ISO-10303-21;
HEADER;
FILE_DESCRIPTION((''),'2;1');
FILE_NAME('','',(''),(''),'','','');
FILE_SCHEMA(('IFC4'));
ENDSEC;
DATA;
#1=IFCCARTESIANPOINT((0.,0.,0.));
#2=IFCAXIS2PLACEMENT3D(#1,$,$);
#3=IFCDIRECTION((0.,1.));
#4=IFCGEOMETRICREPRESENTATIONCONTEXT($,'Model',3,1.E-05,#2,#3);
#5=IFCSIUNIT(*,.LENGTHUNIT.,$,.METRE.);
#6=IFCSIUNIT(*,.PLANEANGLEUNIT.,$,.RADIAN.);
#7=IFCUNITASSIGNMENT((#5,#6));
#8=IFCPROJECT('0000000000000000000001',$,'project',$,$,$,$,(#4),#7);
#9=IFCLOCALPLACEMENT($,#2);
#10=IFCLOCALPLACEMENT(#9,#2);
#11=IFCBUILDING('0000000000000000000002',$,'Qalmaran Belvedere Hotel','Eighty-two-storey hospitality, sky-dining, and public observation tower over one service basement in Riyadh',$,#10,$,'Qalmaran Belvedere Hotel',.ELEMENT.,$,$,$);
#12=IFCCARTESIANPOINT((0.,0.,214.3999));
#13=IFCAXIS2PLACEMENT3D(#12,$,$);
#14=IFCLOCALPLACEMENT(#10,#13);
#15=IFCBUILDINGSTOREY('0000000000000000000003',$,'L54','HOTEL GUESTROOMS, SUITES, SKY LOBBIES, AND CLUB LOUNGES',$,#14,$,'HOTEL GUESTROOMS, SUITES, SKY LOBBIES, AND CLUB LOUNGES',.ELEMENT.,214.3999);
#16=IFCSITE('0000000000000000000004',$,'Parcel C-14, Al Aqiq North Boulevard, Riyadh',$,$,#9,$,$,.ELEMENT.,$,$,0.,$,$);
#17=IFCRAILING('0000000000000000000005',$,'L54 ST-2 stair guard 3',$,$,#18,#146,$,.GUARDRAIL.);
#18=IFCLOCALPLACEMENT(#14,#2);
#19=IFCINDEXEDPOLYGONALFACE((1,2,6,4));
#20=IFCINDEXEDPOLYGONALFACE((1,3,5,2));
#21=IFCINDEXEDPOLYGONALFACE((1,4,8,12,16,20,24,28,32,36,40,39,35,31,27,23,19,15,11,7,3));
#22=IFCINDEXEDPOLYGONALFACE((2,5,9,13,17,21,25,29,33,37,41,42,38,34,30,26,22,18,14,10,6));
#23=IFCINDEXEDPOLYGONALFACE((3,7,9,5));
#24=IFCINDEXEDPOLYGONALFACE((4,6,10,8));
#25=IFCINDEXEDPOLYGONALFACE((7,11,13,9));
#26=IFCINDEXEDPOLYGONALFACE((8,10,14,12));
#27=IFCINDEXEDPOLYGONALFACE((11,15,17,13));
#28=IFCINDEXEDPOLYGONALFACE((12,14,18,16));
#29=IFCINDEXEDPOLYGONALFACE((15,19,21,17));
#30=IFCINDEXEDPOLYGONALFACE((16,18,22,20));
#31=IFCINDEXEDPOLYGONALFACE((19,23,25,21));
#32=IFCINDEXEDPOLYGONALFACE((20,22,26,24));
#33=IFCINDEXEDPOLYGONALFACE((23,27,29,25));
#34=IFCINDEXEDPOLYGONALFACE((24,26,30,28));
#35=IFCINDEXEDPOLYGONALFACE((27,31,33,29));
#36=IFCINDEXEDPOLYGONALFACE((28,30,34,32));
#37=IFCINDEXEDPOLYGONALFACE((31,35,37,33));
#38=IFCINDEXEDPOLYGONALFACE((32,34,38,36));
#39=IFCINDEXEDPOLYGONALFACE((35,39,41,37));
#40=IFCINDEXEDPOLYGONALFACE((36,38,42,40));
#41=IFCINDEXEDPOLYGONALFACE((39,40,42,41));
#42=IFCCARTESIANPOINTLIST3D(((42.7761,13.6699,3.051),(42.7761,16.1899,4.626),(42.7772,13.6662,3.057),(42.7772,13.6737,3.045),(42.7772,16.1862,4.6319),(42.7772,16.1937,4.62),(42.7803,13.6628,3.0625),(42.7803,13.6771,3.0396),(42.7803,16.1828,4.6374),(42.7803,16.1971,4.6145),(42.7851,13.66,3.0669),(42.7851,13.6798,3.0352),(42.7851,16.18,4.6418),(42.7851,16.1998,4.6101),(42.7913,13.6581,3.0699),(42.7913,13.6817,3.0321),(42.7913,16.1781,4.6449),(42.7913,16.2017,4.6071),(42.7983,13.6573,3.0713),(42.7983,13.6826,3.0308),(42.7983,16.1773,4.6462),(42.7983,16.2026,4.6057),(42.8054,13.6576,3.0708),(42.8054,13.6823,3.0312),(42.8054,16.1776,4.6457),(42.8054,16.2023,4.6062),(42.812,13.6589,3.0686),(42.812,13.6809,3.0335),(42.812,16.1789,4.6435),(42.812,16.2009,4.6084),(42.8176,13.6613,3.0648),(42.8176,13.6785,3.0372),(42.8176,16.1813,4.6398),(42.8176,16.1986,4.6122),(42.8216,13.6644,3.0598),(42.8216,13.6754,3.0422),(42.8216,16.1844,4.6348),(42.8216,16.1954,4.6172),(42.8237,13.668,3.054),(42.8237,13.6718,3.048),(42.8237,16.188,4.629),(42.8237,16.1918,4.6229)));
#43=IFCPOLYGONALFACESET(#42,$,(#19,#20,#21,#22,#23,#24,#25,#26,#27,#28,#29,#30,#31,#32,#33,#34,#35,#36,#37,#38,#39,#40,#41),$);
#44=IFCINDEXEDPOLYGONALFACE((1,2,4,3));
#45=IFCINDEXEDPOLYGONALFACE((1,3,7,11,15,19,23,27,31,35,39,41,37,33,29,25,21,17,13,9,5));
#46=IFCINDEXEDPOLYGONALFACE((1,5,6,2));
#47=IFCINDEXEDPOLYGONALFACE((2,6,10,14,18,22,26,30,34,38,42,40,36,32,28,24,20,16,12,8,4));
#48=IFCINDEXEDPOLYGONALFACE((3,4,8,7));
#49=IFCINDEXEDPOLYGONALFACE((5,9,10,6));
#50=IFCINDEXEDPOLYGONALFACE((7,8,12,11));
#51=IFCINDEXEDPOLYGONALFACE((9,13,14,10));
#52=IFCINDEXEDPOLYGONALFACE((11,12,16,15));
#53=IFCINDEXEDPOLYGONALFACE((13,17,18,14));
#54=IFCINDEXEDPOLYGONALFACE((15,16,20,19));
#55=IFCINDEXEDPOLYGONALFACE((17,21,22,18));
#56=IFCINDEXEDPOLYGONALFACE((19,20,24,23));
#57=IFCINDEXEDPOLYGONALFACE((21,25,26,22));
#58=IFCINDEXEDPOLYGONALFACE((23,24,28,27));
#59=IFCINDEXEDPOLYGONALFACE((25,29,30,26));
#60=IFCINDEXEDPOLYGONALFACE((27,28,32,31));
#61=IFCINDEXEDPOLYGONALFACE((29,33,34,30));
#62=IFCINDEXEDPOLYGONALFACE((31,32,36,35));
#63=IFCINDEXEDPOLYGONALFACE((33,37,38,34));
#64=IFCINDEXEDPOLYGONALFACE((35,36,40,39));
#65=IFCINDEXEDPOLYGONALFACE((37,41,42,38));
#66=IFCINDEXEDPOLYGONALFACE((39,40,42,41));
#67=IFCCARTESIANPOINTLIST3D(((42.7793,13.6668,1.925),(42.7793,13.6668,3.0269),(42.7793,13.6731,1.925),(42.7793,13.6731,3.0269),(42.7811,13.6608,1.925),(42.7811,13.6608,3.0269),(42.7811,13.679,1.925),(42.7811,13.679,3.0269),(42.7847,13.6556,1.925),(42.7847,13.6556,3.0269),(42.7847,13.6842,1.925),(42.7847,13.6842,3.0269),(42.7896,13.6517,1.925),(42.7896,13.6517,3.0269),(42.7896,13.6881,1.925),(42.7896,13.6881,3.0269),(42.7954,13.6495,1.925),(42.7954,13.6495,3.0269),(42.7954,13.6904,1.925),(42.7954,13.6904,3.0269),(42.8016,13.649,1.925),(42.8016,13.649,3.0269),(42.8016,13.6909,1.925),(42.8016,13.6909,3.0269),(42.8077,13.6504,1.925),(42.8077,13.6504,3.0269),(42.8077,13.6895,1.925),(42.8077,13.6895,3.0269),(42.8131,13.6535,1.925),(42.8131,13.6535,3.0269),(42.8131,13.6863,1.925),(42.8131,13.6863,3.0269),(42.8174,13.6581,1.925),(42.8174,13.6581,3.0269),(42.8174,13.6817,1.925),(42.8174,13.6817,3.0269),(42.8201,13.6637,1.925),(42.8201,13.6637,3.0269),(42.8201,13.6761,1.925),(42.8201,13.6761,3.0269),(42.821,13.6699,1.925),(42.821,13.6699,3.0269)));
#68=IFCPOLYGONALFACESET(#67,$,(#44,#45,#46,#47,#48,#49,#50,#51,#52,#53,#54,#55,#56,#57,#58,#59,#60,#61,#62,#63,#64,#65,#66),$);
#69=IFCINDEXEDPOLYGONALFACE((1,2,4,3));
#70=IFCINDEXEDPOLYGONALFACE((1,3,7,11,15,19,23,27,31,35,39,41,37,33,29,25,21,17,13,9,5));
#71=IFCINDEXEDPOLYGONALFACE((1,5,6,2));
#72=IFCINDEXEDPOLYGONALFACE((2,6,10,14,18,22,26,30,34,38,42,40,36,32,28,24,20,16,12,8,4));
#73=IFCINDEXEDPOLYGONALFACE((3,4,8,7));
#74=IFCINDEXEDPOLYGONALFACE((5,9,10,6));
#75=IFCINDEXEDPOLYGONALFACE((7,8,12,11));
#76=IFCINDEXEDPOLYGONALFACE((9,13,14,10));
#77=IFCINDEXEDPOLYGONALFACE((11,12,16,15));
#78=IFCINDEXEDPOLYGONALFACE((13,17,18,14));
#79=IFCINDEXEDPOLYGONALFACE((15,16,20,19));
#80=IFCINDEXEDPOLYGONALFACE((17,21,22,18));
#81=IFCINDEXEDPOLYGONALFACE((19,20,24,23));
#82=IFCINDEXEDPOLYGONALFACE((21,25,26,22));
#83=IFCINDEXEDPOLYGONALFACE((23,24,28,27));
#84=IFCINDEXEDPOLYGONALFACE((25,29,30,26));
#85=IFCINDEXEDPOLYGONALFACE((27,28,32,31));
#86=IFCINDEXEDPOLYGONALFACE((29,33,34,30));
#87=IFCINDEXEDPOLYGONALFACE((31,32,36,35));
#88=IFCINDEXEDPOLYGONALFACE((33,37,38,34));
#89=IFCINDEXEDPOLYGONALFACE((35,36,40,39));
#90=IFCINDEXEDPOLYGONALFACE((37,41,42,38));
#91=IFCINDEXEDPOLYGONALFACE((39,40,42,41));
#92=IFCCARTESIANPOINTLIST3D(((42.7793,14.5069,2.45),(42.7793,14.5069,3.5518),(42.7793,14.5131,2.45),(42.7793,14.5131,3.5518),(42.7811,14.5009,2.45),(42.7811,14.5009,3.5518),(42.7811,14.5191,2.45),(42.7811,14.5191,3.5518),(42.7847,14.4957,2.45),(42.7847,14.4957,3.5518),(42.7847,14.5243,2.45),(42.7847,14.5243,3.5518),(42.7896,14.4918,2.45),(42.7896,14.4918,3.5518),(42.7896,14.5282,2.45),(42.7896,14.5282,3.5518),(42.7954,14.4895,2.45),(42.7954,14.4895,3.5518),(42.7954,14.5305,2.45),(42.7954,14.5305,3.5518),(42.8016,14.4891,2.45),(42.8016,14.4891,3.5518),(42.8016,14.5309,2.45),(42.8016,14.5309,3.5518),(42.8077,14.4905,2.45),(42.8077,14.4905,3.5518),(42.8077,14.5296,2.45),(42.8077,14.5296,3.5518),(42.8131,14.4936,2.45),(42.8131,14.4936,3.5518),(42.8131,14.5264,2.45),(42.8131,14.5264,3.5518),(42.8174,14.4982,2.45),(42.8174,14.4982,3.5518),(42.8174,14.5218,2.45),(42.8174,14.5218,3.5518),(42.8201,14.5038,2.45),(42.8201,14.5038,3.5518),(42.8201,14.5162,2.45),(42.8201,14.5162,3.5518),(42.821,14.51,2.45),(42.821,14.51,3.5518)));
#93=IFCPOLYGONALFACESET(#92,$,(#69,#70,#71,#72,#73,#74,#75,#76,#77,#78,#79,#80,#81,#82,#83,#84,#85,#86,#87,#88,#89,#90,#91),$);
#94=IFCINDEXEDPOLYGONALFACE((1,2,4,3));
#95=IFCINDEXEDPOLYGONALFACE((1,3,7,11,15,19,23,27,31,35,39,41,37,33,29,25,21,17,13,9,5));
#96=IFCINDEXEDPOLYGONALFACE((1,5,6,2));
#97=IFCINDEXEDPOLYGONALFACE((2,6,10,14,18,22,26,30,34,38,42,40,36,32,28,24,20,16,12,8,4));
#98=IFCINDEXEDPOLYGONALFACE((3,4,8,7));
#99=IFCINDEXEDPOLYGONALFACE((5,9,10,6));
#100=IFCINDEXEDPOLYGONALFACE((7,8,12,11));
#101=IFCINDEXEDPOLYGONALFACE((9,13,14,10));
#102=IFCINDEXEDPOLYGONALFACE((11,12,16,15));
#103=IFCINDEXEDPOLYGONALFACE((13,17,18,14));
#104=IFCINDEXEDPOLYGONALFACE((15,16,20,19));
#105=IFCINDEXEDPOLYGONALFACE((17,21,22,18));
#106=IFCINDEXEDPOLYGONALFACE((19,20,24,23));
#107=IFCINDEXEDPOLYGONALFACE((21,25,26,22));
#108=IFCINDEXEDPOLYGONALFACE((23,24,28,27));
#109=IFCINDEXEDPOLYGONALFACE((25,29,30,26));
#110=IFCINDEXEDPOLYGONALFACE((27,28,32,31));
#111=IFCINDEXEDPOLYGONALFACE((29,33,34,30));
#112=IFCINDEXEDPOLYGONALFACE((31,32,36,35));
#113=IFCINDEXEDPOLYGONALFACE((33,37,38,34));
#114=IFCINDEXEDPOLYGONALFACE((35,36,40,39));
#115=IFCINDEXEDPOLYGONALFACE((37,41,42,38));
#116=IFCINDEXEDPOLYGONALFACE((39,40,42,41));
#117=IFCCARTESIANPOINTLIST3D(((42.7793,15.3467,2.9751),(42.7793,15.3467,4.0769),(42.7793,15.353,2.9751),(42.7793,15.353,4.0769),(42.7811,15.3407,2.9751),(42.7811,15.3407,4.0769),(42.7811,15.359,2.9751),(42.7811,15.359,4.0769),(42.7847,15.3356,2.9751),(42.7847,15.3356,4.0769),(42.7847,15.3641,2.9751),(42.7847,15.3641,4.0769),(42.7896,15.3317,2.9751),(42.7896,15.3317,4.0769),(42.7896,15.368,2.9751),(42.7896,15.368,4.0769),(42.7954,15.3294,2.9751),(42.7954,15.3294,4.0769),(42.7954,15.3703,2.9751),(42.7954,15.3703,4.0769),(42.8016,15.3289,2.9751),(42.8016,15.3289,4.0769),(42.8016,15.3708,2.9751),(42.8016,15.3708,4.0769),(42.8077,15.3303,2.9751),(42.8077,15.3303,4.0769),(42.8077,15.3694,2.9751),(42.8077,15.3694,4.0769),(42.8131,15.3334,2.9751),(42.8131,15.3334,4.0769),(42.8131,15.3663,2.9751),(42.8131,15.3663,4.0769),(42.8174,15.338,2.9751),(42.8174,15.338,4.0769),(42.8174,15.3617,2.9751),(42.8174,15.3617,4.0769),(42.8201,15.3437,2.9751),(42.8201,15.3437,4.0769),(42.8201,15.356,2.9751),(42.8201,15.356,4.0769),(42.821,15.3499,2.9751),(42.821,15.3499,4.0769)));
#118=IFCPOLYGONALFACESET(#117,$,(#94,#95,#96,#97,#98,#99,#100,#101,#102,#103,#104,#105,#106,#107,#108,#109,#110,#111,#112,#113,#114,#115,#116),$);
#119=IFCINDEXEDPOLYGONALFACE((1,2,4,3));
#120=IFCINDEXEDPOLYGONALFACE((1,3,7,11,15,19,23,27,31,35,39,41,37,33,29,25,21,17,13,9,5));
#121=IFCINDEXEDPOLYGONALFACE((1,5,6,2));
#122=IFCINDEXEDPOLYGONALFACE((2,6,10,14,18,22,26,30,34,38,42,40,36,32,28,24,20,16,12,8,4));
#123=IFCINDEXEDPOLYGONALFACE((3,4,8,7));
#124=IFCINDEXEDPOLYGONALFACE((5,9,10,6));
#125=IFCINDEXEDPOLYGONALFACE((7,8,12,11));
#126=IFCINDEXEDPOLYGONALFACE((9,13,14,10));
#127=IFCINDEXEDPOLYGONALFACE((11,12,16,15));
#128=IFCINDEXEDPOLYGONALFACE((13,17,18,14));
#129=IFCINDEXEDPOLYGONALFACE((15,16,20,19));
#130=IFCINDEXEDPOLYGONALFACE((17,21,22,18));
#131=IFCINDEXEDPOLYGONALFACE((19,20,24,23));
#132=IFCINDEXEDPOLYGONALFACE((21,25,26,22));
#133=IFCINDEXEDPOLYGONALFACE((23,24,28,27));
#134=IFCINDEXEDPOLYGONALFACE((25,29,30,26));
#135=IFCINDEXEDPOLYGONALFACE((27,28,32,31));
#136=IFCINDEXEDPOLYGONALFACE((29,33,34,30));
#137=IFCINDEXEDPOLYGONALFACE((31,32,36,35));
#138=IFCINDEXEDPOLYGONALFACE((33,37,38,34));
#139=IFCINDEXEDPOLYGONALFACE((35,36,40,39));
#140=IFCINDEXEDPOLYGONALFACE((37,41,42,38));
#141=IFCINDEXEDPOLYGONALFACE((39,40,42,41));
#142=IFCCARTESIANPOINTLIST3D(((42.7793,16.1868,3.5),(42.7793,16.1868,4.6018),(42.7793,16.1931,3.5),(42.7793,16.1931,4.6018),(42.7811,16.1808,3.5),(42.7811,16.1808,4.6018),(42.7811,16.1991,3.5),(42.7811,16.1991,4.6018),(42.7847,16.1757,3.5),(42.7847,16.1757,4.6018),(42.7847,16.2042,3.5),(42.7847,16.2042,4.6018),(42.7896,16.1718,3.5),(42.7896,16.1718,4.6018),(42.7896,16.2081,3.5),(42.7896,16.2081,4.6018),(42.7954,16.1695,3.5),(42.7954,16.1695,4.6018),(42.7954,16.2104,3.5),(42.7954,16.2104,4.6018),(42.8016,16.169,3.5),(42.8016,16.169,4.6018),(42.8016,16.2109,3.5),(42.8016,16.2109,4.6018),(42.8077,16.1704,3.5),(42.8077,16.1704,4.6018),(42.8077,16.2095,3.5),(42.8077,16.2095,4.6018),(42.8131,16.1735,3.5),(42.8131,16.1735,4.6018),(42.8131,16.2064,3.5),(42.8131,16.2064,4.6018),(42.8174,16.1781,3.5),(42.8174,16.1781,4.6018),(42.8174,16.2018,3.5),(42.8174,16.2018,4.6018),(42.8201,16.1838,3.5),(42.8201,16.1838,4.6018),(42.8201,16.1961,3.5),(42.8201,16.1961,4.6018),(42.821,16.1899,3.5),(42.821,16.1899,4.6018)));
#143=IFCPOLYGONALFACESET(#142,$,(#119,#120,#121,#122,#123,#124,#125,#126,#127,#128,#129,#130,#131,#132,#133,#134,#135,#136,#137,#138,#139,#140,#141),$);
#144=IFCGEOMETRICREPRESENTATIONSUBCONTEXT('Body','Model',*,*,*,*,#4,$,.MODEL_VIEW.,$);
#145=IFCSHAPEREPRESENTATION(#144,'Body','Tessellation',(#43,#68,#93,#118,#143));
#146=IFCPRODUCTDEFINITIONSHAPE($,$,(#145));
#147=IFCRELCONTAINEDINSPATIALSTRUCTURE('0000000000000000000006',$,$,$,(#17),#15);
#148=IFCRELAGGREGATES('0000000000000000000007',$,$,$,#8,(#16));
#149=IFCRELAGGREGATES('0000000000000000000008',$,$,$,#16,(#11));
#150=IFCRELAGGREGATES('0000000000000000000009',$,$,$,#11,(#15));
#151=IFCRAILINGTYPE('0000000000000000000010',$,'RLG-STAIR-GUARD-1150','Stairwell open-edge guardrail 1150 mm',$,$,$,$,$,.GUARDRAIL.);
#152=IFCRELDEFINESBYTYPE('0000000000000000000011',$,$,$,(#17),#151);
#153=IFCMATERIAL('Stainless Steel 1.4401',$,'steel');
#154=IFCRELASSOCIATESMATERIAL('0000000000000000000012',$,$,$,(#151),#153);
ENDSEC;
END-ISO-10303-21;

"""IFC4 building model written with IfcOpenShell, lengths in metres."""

from ifc_helpers import new_model, si_unit, direction, frame, origin, origin_2d, place, context, subcontext, project, spatial, circle, extrude, material, type_object, element, save


model = new_model("IFC4")

# Units and contexts
model_context = context("Model", 3, precision=1e-05, world=origin(), true_north=direction((0.0, 1.0)))
body_context = subcontext(model_context, "Body", "Model", "MODEL_VIEW")
ifc_project = project(units=[si_unit("LENGTHUNIT", "METRE"), si_unit("PLANEANGLEUNIT", "RADIAN")], contexts=[model_context])

# Site, building, storey
site_placement = place(None, origin())
site = spatial("IfcSite", under=ifc_project, at=site_placement, Name="Parcel C-14, Al Aqiq North Boulevard, Riyadh", CompositionType="ELEMENT", RefElevation=0.0)
building_placement = place(site_placement, origin())
building = spatial("IfcBuilding", under=site, at=building_placement, Name="Qalmaran Belvedere Hotel", Description="Eighty-two-storey hospitality, sky-dining, and public observation tower over one service basement in Riyadh", LongName="Qalmaran Belvedere Hotel", CompositionType="ELEMENT")
storey_placement = place(building_placement, frame((0.0, 0.0, 214.3999)))
storey = spatial("IfcBuildingStorey", under=building, at=storey_placement, Name="L54", Description="HOTEL GUESTROOMS, SUITES, SKY LOBBIES, AND CLUB LOUNGES", LongName="HOTEL GUESTROOMS, SUITES, SKY LOBBIES, AND CLUB LOUNGES", CompositionType="ELEMENT", Elevation=214.3999)

# Railing
ifc_material_1 = material(Name="Stainless Steel 1.4401", Category="steel")
railing_type_1 = type_object("IfcRailingType", Name="RLG-STAIR-GUARD-1150", Description="Stairwell open-edge guardrail 1150 mm", PredefinedType="GUARDRAIL", material=ifc_material_1)
railing_1_placement = place(storey_placement, frame((42.8, 13.6699, 1.925)))
element("IfcRailing", 1, at=railing_1_placement, inside=storey, type_object=railing_type_1, Name="L54 ST-2 stair guard 3", PredefinedType="GUARDRAIL", context=body_context, shape_type="SweptSolid", body=[
    extrude(circle(Radius=0.0239, at=origin_2d()), frame((0.0, 0.0, 1.126), z_axis=(0.0, 0.848008, 0.529984), x_axis=(-1.0, 0.0, 0.0)), (0.0, 0.0, 1.0), 2.9717),
    extrude(circle(Radius=0.021, at=origin_2d()), origin(), (0.0, 0.0, 1.0), 1.1018),
    extrude(circle(Radius=0.021, at=origin_2d()), frame((0.0, 0.8401, 0.5249)), (0.0, 0.0, 1.0), 1.1018),
    extrude(circle(Radius=0.021, at=origin_2d()), frame((0.0, 1.6799, 1.05)), (0.0, 0.0, 1.0), 1.1018),
    extrude(circle(Radius=0.021, at=origin_2d()), frame((0.0, 2.52, 1.575)), (0.0, 0.0, 1.0), 1.1018),
])

save(model, "model.ifc")
